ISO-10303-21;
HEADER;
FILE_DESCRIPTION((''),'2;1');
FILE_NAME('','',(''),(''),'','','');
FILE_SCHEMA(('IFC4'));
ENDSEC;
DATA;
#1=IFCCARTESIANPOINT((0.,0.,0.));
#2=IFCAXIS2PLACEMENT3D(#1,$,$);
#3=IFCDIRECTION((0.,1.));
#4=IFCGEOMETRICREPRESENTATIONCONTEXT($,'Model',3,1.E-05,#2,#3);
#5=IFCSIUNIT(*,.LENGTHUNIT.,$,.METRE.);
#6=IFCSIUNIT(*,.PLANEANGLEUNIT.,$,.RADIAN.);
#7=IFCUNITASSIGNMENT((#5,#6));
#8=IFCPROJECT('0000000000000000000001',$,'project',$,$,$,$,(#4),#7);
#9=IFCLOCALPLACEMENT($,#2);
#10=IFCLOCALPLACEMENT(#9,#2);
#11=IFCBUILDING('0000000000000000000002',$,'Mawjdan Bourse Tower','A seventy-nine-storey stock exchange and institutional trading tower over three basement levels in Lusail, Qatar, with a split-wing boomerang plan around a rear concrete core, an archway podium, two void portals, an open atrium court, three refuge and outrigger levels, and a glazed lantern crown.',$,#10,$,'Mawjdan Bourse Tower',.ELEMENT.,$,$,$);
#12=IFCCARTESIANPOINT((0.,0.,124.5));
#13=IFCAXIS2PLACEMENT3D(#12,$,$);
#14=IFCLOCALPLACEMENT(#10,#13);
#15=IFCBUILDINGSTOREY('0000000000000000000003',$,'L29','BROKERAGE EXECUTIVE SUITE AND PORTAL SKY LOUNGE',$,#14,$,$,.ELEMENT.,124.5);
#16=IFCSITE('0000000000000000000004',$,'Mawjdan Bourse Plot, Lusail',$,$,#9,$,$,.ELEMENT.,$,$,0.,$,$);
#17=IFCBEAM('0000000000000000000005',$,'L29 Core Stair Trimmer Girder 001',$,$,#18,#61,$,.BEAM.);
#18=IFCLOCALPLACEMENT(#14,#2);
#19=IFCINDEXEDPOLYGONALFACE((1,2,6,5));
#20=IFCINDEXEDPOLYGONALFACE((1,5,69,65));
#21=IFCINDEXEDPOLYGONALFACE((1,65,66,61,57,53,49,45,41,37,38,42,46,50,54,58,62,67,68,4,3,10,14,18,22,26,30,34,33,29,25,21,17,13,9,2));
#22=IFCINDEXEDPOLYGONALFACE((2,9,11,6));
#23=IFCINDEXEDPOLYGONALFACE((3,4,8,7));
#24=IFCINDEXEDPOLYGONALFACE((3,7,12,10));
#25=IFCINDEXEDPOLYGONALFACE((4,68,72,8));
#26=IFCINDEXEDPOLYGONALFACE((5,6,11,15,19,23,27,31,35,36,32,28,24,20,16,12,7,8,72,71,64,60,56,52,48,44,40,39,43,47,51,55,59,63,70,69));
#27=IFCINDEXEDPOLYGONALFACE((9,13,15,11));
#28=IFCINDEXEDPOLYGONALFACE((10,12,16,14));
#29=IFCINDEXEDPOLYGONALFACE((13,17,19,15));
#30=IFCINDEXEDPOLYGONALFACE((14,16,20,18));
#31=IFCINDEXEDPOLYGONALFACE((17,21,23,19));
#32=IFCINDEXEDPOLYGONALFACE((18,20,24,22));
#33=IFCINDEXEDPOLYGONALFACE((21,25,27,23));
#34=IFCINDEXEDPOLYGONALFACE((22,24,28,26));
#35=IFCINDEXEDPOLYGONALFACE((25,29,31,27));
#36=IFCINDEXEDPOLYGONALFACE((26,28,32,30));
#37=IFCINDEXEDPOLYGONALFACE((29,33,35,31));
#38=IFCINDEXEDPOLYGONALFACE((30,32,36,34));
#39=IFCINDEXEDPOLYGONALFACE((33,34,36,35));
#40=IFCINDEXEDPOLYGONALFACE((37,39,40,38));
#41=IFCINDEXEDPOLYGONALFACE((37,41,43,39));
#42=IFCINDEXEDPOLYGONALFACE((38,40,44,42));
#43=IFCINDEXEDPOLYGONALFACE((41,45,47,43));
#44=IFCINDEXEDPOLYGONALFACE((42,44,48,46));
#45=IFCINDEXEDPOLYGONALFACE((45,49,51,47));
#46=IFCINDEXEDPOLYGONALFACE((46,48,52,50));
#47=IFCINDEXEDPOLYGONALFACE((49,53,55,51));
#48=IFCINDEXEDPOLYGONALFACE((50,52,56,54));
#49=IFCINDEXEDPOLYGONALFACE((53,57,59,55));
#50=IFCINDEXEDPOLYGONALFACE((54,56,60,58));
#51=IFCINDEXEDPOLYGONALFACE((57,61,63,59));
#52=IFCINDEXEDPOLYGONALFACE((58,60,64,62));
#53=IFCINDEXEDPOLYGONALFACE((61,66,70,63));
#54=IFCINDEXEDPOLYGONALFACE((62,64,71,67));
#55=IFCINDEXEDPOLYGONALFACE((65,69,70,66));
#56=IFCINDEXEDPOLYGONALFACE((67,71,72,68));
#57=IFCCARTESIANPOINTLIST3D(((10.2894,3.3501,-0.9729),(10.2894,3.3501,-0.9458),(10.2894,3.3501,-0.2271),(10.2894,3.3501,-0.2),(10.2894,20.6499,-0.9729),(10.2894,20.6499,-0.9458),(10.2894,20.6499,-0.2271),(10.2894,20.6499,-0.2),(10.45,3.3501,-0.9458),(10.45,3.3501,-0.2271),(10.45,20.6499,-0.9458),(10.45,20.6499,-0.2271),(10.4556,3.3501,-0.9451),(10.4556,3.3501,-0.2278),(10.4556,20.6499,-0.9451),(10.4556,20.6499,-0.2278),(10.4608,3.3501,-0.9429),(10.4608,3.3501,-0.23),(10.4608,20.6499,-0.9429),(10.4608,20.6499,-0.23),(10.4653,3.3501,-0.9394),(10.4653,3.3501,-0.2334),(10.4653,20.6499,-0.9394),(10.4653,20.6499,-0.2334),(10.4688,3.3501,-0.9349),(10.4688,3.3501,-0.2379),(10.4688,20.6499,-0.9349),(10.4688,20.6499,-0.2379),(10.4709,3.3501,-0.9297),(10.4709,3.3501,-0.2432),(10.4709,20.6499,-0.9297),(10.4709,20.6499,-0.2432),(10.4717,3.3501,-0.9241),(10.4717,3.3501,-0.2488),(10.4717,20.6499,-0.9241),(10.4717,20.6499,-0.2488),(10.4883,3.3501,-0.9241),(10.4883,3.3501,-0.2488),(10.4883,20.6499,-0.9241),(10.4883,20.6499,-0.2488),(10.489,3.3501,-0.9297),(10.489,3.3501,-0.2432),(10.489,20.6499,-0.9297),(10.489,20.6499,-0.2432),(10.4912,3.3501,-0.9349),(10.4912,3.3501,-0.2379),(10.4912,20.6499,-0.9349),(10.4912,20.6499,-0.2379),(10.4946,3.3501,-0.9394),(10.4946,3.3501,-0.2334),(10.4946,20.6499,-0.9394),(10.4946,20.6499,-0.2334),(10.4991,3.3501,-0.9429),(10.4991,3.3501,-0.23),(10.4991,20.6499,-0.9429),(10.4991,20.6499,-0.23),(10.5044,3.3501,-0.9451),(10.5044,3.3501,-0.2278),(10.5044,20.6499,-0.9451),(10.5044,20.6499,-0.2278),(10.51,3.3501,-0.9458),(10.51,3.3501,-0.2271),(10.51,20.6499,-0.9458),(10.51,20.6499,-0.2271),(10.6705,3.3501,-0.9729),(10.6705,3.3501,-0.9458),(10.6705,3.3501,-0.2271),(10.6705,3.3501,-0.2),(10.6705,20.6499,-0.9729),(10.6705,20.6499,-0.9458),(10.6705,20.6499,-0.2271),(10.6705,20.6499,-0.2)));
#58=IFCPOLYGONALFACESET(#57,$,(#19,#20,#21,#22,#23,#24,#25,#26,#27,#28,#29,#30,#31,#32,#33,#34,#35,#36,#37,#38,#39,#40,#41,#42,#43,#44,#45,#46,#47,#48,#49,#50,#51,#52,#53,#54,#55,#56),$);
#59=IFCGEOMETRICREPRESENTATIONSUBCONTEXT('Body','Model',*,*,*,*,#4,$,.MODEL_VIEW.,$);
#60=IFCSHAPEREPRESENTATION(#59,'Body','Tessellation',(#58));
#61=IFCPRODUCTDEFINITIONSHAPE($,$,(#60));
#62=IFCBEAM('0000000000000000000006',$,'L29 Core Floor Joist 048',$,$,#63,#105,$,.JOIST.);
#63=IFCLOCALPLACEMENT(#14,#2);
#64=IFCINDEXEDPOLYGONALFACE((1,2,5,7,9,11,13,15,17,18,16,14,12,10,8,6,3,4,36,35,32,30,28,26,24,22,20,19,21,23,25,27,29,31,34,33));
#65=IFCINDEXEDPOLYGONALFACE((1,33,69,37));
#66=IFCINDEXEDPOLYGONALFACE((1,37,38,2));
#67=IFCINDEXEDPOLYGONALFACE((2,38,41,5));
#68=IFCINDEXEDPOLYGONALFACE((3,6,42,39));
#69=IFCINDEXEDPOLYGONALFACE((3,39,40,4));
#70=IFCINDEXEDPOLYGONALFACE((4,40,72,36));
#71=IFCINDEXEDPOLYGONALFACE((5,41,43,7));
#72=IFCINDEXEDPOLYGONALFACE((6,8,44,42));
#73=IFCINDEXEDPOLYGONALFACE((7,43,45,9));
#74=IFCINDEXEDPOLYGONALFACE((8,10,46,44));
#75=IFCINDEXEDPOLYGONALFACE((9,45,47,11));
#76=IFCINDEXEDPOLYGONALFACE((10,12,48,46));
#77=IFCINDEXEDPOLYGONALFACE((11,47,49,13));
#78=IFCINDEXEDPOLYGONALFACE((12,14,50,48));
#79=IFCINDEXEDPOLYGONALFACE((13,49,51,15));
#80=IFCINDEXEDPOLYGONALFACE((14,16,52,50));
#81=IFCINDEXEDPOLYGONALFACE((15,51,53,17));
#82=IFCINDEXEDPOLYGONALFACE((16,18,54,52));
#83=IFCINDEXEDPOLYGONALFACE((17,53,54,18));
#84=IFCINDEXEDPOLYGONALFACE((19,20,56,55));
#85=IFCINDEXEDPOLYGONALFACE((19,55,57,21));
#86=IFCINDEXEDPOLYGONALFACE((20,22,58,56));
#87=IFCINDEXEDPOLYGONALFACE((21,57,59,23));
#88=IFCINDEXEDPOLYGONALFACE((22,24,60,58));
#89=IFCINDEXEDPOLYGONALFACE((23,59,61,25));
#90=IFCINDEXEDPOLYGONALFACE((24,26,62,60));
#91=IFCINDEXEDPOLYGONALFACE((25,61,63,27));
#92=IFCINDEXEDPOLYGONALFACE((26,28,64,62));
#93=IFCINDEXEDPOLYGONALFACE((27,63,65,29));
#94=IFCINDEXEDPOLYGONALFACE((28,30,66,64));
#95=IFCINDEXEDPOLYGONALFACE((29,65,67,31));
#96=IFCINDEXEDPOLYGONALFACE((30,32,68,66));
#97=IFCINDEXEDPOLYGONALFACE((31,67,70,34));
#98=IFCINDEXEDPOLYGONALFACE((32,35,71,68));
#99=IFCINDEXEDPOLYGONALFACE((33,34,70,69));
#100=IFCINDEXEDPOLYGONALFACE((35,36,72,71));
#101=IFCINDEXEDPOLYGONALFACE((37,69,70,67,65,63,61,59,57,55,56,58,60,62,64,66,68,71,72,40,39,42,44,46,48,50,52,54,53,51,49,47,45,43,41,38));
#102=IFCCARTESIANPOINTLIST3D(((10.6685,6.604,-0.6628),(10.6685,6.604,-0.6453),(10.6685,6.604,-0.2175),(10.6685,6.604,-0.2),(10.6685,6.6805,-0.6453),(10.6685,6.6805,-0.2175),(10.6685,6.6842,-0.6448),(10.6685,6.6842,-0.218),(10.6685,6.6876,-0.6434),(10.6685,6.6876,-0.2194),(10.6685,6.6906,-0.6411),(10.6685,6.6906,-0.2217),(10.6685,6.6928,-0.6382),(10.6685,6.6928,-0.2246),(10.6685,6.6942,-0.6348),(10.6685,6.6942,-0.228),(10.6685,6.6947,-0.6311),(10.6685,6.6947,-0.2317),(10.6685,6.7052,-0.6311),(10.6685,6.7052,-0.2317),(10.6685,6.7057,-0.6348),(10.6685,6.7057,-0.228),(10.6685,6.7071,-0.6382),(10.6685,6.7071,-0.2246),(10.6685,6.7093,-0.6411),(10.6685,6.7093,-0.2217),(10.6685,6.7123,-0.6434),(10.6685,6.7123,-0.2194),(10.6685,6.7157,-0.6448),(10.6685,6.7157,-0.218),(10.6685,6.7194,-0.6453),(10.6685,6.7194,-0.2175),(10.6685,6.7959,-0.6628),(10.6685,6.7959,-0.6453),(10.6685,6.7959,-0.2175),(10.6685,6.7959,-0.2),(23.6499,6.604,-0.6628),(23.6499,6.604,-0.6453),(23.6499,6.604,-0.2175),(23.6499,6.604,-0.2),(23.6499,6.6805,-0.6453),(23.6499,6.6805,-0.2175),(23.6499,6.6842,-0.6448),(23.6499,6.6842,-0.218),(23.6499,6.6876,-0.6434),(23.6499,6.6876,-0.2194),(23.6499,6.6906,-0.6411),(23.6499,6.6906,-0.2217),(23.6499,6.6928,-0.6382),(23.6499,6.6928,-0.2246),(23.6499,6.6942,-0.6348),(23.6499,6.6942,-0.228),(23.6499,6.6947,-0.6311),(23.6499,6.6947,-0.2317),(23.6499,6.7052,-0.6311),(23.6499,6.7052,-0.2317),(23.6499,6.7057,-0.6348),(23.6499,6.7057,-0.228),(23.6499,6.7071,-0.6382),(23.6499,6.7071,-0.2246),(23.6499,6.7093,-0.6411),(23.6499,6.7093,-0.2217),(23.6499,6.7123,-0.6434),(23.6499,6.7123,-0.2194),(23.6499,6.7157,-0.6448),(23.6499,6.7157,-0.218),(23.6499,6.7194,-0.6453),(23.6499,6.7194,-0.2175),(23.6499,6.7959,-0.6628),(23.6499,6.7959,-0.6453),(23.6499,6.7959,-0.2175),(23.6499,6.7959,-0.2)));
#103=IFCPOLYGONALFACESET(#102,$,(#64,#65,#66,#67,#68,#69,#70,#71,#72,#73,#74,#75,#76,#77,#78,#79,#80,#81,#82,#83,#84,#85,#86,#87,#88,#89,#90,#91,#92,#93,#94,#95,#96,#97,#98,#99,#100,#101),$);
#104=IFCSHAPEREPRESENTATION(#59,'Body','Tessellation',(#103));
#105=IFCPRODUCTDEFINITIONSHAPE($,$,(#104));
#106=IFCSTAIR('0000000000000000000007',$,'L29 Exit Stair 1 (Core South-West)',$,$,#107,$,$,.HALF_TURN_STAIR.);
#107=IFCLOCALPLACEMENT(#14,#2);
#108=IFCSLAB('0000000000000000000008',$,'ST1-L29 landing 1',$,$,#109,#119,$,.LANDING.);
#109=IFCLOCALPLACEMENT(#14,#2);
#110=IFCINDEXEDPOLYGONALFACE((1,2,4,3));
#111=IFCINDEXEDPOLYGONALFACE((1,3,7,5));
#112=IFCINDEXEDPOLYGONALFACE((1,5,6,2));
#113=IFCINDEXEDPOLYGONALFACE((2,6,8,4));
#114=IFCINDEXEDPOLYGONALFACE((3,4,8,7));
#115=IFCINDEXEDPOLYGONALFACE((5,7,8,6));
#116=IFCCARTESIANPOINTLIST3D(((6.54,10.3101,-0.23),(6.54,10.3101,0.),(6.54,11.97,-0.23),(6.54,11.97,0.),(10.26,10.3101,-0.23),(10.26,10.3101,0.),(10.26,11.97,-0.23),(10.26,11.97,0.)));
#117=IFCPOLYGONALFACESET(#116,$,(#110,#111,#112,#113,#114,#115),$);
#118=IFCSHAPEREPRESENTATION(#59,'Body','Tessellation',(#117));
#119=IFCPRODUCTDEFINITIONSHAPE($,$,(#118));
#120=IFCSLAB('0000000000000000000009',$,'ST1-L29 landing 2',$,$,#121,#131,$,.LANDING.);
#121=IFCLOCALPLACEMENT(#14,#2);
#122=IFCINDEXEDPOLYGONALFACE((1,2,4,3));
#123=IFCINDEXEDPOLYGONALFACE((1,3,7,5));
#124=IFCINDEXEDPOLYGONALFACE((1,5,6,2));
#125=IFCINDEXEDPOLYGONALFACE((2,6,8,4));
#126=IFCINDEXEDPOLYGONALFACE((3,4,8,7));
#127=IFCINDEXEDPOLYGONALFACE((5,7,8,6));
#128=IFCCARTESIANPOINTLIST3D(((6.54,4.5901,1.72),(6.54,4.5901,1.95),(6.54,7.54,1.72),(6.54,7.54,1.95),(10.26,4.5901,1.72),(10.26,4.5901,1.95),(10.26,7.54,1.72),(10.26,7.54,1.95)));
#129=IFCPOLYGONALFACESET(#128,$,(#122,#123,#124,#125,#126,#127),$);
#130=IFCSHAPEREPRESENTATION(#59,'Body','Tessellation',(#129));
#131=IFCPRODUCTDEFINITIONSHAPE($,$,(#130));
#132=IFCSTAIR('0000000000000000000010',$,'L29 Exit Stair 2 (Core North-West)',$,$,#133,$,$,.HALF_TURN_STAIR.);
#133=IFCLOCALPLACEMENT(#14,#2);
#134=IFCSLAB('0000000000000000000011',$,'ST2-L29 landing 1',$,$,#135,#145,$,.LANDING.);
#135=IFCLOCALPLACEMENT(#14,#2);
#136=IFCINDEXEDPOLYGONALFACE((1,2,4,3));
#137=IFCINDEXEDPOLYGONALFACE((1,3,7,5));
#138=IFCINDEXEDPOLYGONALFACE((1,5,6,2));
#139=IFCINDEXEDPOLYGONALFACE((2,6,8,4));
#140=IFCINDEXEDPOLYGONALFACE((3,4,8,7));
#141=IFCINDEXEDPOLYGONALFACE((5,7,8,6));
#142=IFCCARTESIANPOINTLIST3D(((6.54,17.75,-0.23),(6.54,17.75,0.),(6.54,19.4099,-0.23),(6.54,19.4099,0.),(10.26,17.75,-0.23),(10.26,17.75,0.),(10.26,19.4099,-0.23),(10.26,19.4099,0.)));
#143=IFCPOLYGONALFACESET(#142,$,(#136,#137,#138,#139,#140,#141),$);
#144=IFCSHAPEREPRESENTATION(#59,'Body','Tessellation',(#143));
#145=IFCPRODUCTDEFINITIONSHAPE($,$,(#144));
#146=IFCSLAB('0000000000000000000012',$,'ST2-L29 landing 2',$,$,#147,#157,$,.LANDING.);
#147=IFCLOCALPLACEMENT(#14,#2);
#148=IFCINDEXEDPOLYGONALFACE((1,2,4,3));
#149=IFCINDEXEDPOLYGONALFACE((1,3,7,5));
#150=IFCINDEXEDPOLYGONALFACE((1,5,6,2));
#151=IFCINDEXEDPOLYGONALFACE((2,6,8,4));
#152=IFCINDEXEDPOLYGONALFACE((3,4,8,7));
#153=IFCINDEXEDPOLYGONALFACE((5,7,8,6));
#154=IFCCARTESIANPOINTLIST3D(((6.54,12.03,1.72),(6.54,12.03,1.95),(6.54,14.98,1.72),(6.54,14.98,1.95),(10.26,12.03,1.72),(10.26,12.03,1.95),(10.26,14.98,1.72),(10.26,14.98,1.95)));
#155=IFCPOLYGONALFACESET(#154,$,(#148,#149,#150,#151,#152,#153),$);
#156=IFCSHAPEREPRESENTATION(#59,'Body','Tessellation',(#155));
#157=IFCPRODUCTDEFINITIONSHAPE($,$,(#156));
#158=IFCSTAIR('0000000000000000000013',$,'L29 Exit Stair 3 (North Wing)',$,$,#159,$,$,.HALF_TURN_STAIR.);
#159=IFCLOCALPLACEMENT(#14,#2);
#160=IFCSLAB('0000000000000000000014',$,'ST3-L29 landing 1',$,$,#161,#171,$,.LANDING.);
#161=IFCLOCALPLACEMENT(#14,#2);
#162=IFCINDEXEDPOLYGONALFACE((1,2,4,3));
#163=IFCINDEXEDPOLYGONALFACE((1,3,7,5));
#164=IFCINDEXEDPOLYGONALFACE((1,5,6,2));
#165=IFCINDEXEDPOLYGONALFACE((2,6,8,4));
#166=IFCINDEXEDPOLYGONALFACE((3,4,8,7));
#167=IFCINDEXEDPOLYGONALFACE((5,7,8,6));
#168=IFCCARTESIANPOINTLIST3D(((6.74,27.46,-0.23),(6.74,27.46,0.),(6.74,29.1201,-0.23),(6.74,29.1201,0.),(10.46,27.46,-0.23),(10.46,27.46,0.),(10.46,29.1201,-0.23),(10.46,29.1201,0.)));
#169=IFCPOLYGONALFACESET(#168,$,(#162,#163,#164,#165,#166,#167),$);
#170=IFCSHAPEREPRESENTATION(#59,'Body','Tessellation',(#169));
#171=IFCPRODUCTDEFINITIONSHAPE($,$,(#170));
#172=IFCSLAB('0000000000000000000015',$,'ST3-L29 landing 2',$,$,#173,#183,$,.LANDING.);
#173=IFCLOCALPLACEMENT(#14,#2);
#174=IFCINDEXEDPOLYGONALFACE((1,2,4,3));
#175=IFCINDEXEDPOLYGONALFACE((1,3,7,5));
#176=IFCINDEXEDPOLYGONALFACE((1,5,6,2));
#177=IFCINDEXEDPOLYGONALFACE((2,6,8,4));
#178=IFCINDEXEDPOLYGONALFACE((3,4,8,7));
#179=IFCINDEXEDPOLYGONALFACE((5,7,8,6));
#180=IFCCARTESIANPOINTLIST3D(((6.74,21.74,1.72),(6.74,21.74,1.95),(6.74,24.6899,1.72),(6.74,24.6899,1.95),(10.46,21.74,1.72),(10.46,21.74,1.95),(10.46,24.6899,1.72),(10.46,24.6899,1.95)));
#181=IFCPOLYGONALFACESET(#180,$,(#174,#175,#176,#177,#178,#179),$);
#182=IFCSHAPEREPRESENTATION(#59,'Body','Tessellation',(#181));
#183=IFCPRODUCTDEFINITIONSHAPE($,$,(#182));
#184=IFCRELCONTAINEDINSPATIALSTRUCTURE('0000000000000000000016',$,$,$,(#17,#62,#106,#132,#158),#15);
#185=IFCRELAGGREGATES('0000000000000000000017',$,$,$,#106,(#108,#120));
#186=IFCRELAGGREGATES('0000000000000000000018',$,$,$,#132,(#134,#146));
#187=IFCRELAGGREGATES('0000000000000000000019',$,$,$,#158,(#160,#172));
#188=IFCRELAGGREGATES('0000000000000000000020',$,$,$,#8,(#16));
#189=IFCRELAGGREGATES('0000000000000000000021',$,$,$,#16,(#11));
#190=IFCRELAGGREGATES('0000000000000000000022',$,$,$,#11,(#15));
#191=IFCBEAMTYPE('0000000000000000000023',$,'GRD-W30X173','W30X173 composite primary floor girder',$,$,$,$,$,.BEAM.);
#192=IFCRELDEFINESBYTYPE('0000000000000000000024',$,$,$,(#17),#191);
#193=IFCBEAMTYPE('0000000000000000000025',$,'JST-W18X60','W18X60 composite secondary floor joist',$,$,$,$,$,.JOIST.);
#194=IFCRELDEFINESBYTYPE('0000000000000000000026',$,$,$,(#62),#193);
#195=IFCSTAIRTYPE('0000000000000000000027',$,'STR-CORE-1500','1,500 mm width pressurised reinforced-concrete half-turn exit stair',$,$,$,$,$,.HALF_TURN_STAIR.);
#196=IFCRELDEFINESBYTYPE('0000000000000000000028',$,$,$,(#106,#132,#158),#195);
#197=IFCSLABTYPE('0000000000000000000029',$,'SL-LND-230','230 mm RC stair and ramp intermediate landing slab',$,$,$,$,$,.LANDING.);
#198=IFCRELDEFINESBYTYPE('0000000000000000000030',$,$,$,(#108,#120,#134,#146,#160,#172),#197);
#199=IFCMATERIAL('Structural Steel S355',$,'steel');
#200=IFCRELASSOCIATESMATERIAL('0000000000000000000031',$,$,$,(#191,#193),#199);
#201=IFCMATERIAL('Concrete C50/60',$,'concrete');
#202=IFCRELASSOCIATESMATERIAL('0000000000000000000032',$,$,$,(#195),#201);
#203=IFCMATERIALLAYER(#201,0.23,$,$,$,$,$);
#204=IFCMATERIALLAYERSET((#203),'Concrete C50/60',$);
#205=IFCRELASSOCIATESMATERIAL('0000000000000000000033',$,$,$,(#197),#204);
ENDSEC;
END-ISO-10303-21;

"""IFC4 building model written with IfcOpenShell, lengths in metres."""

from ifc_helpers import new_model, si_unit, direction, frame, origin, origin_2d, place, context, subcontext, project, spatial, polyline, i_section, outline, extrude, material, layer, layer_set, material_profile, profile_set, type_object, element, aggregate, save


model = new_model("IFC4")

# Units and contexts
model_context = context("Model", 3, precision=1e-05, world=origin(), true_north=direction((0.0, 1.0)))
body_context = subcontext(model_context, "Body", "Model", "MODEL_VIEW")
ifc_project = project(units=[si_unit("LENGTHUNIT", "METRE"), si_unit("PLANEANGLEUNIT", "RADIAN")], contexts=[model_context])

# Site, building, storey
site_placement = place(None, origin())
site = spatial("IfcSite", under=ifc_project, at=site_placement, Name="Mawjdan Bourse Plot, Lusail", CompositionType="ELEMENT", RefElevation=0.0)
building_placement = place(site_placement, origin())
building = spatial("IfcBuilding", under=site, at=building_placement, Name="Mawjdan Bourse Tower", Description="A seventy-nine-storey stock exchange and institutional trading tower over three basement levels in Lusail, Qatar, with a split-wing boomerang plan around a rear concrete core, an archway podium, two void portals, an open atrium court, three refuge and outrigger levels, and a glazed lantern crown.", LongName="Mawjdan Bourse Tower", CompositionType="ELEMENT")
storey_placement = place(building_placement, frame((0.0, 0.0, 124.5)))
storey = spatial("IfcBuildingStorey", under=building, at=storey_placement, Name="L29", Description="BROKERAGE EXECUTIVE SUITE AND PORTAL SKY LOUNGE", CompositionType="ELEMENT", Elevation=124.5)

# Beams
ifc_material_1 = material(Name="Structural Steel S355", Category="steel")
ifc_material_profile_1 = material_profile(ifc_material_1, i_section(OverallWidth=0.3811, OverallDepth=0.7729, WebThickness=0.0166, FlangeThickness=0.0271, FilletRadius=0.0217, at=origin_2d()), Name="W30X173")
ifc_profile_set_1 = profile_set([ifc_material_profile_1], Name="Structural Steel S355")
beam_type_1 = type_object("IfcBeamType", Name="GRD-W30X173", Description="W30X173 composite primary floor girder", PredefinedType="BEAM", material=ifc_profile_set_1)
beam_1_placement = place(storey_placement, frame((10.48, 3.3501, -0.5864), z_axis=(0.0, 1.0, 0.0), x_axis=(-1.0, 0.0, 0.0)))
element("IfcBeam", 1, at=beam_1_placement, inside=storey, type_object=beam_type_1, Name="L29 Core Stair Trimmer Girder 001", PredefinedType="BEAM", context=body_context, shape_type="SweptSolid", body=[
    extrude(i_section(OverallWidth=0.3811, OverallDepth=0.7729, WebThickness=0.0166, FlangeThickness=0.0271, FilletRadius=0.0217, at=origin_2d()), origin(), (0.0, 0.0, 1.0), 17.2998),
])
ifc_material_profile_2 = material_profile(ifc_material_1, i_section(OverallWidth=0.1919, OverallDepth=0.4629, WebThickness=0.0105, FlangeThickness=0.0176, FilletRadius=0.0142, at=origin_2d()), Name="W18X60")
ifc_profile_set_2 = profile_set([ifc_material_profile_2], Name="Structural Steel S355")
beam_type_2 = type_object("IfcBeamType", Name="JST-W18X60", Description="W18X60 composite secondary floor joist", PredefinedType="JOIST", material=ifc_profile_set_2)
beam_2_placement = place(storey_placement, frame((10.6685, 6.7, -0.4314), z_axis=(1.0, 0.0, 0.0), x_axis=(0.0, 1.0, 0.0)))
element("IfcBeam", 2, at=beam_2_placement, inside=storey, type_object=beam_type_2, Name="L29 Core Floor Joist 048", PredefinedType="JOIST", context=body_context, shape_type="SweptSolid", body=[
    extrude(i_section(OverallWidth=0.1919, OverallDepth=0.4629, WebThickness=0.0105, FlangeThickness=0.0176, FilletRadius=0.0142, at=origin_2d()), origin(), (0.0, 0.0, 1.0), 12.9814),
])

# Stairs, slabs
ifc_material_2 = material(Name="Concrete C50/60", Category="concrete")
stair_type = type_object("IfcStairType", Name="STR-CORE-1500", Description="1,500 mm width pressurised reinforced-concrete half-turn exit stair", PredefinedType="HALF_TURN_STAIR", material=ifc_material_2)
stair_1_placement = place(storey_placement, origin())
stair_1 = element("IfcStair", 3, at=stair_1_placement, inside=storey, type_object=stair_type, Name="L29 Exit Stair 1 (Core South-West)", PredefinedType="HALF_TURN_STAIR")
ifc_layer_1 = layer(ifc_material_2, 0.23)
ifc_layer_set_1 = layer_set([ifc_layer_1], Name="Concrete C50/60")
slab_type_1 = type_object("IfcSlabType", Name="SL-LND-230", Description="230 mm RC stair and ramp intermediate landing slab", PredefinedType="LANDING", material=ifc_layer_set_1)
slab_1_placement = place(storey_placement, frame((0.0, 0.0, -0.23)))
slab_1 = element("IfcSlab", 4, at=slab_1_placement, type_object=slab_type_1, Name="ST1-L29 landing 1", PredefinedType="LANDING", context=body_context, shape_type="SweptSolid", body=[
    extrude(outline(polyline([(6.54, 10.3101), (10.26, 10.3101), (10.26, 11.97), (6.54, 11.97), (6.54, 10.3101)])), origin(), (0.0, 0.0, 1.0), 0.23),
])
slab_2_placement = place(storey_placement, frame((0.0, 0.0, 1.72)))
slab_2 = element("IfcSlab", 5, at=slab_2_placement, type_object=slab_type_1, Name="ST1-L29 landing 2", PredefinedType="LANDING", context=body_context, shape_type="SweptSolid", body=[
    extrude(outline(polyline([(6.54, 4.5901), (10.26, 4.5901), (10.26, 7.54), (6.54, 7.54), (6.54, 4.5901)])), origin(), (0.0, 0.0, 1.0), 0.23),
])
aggregate(stair_1, [slab_1, slab_2])
stair_2_placement = place(storey_placement, origin())
stair_2 = element("IfcStair", 6, at=stair_2_placement, inside=storey, type_object=stair_type, Name="L29 Exit Stair 2 (Core North-West)", PredefinedType="HALF_TURN_STAIR")
slab_3_placement = place(storey_placement, frame((0.0, 0.0, -0.23)))
slab_3 = element("IfcSlab", 7, at=slab_3_placement, type_object=slab_type_1, Name="ST2-L29 landing 1", PredefinedType="LANDING", context=body_context, shape_type="SweptSolid", body=[
    extrude(outline(polyline([(6.54, 17.75), (10.26, 17.75), (10.26, 19.4099), (6.54, 19.4099), (6.54, 17.75)])), origin(), (0.0, 0.0, 1.0), 0.23),
])
slab_4_placement = place(storey_placement, frame((0.0, 0.0, 1.72)))
slab_4 = element("IfcSlab", 8, at=slab_4_placement, type_object=slab_type_1, Name="ST2-L29 landing 2", PredefinedType="LANDING", context=body_context, shape_type="SweptSolid", body=[
    extrude(outline(polyline([(6.54, 12.03), (10.26, 12.03), (10.26, 14.98), (6.54, 14.98), (6.54, 12.03)])), origin(), (0.0, 0.0, 1.0), 0.23),
])
aggregate(stair_2, [slab_3, slab_4])
stair_3_placement = place(storey_placement, origin())
stair_3 = element("IfcStair", 9, at=stair_3_placement, inside=storey, type_object=stair_type, Name="L29 Exit Stair 3 (North Wing)", PredefinedType="HALF_TURN_STAIR")
slab_5_placement = place(storey_placement, frame((0.0, 0.0, -0.23)))
slab_5 = element("IfcSlab", 10, at=slab_5_placement, type_object=slab_type_1, Name="ST3-L29 landing 1", PredefinedType="LANDING", context=body_context, shape_type="SweptSolid", body=[
    extrude(outline(polyline([(6.74, 27.46), (10.46, 27.46), (10.46, 29.1201), (6.74, 29.1201), (6.74, 27.46)])), origin(), (0.0, 0.0, 1.0), 0.23),
])
slab_6_placement = place(storey_placement, frame((0.0, 0.0, 1.72)))
slab_6 = element("IfcSlab", 11, at=slab_6_placement, type_object=slab_type_1, Name="ST3-L29 landing 2", PredefinedType="LANDING", context=body_context, shape_type="SweptSolid", body=[
    extrude(outline(polyline([(6.74, 21.74), (10.46, 21.74), (10.46, 24.6899), (6.74, 24.6899), (6.74, 21.74)])), origin(), (0.0, 0.0, 1.0), 0.23),
])
aggregate(stair_3, [slab_5, slab_6])

save(model, "model.ifc")
